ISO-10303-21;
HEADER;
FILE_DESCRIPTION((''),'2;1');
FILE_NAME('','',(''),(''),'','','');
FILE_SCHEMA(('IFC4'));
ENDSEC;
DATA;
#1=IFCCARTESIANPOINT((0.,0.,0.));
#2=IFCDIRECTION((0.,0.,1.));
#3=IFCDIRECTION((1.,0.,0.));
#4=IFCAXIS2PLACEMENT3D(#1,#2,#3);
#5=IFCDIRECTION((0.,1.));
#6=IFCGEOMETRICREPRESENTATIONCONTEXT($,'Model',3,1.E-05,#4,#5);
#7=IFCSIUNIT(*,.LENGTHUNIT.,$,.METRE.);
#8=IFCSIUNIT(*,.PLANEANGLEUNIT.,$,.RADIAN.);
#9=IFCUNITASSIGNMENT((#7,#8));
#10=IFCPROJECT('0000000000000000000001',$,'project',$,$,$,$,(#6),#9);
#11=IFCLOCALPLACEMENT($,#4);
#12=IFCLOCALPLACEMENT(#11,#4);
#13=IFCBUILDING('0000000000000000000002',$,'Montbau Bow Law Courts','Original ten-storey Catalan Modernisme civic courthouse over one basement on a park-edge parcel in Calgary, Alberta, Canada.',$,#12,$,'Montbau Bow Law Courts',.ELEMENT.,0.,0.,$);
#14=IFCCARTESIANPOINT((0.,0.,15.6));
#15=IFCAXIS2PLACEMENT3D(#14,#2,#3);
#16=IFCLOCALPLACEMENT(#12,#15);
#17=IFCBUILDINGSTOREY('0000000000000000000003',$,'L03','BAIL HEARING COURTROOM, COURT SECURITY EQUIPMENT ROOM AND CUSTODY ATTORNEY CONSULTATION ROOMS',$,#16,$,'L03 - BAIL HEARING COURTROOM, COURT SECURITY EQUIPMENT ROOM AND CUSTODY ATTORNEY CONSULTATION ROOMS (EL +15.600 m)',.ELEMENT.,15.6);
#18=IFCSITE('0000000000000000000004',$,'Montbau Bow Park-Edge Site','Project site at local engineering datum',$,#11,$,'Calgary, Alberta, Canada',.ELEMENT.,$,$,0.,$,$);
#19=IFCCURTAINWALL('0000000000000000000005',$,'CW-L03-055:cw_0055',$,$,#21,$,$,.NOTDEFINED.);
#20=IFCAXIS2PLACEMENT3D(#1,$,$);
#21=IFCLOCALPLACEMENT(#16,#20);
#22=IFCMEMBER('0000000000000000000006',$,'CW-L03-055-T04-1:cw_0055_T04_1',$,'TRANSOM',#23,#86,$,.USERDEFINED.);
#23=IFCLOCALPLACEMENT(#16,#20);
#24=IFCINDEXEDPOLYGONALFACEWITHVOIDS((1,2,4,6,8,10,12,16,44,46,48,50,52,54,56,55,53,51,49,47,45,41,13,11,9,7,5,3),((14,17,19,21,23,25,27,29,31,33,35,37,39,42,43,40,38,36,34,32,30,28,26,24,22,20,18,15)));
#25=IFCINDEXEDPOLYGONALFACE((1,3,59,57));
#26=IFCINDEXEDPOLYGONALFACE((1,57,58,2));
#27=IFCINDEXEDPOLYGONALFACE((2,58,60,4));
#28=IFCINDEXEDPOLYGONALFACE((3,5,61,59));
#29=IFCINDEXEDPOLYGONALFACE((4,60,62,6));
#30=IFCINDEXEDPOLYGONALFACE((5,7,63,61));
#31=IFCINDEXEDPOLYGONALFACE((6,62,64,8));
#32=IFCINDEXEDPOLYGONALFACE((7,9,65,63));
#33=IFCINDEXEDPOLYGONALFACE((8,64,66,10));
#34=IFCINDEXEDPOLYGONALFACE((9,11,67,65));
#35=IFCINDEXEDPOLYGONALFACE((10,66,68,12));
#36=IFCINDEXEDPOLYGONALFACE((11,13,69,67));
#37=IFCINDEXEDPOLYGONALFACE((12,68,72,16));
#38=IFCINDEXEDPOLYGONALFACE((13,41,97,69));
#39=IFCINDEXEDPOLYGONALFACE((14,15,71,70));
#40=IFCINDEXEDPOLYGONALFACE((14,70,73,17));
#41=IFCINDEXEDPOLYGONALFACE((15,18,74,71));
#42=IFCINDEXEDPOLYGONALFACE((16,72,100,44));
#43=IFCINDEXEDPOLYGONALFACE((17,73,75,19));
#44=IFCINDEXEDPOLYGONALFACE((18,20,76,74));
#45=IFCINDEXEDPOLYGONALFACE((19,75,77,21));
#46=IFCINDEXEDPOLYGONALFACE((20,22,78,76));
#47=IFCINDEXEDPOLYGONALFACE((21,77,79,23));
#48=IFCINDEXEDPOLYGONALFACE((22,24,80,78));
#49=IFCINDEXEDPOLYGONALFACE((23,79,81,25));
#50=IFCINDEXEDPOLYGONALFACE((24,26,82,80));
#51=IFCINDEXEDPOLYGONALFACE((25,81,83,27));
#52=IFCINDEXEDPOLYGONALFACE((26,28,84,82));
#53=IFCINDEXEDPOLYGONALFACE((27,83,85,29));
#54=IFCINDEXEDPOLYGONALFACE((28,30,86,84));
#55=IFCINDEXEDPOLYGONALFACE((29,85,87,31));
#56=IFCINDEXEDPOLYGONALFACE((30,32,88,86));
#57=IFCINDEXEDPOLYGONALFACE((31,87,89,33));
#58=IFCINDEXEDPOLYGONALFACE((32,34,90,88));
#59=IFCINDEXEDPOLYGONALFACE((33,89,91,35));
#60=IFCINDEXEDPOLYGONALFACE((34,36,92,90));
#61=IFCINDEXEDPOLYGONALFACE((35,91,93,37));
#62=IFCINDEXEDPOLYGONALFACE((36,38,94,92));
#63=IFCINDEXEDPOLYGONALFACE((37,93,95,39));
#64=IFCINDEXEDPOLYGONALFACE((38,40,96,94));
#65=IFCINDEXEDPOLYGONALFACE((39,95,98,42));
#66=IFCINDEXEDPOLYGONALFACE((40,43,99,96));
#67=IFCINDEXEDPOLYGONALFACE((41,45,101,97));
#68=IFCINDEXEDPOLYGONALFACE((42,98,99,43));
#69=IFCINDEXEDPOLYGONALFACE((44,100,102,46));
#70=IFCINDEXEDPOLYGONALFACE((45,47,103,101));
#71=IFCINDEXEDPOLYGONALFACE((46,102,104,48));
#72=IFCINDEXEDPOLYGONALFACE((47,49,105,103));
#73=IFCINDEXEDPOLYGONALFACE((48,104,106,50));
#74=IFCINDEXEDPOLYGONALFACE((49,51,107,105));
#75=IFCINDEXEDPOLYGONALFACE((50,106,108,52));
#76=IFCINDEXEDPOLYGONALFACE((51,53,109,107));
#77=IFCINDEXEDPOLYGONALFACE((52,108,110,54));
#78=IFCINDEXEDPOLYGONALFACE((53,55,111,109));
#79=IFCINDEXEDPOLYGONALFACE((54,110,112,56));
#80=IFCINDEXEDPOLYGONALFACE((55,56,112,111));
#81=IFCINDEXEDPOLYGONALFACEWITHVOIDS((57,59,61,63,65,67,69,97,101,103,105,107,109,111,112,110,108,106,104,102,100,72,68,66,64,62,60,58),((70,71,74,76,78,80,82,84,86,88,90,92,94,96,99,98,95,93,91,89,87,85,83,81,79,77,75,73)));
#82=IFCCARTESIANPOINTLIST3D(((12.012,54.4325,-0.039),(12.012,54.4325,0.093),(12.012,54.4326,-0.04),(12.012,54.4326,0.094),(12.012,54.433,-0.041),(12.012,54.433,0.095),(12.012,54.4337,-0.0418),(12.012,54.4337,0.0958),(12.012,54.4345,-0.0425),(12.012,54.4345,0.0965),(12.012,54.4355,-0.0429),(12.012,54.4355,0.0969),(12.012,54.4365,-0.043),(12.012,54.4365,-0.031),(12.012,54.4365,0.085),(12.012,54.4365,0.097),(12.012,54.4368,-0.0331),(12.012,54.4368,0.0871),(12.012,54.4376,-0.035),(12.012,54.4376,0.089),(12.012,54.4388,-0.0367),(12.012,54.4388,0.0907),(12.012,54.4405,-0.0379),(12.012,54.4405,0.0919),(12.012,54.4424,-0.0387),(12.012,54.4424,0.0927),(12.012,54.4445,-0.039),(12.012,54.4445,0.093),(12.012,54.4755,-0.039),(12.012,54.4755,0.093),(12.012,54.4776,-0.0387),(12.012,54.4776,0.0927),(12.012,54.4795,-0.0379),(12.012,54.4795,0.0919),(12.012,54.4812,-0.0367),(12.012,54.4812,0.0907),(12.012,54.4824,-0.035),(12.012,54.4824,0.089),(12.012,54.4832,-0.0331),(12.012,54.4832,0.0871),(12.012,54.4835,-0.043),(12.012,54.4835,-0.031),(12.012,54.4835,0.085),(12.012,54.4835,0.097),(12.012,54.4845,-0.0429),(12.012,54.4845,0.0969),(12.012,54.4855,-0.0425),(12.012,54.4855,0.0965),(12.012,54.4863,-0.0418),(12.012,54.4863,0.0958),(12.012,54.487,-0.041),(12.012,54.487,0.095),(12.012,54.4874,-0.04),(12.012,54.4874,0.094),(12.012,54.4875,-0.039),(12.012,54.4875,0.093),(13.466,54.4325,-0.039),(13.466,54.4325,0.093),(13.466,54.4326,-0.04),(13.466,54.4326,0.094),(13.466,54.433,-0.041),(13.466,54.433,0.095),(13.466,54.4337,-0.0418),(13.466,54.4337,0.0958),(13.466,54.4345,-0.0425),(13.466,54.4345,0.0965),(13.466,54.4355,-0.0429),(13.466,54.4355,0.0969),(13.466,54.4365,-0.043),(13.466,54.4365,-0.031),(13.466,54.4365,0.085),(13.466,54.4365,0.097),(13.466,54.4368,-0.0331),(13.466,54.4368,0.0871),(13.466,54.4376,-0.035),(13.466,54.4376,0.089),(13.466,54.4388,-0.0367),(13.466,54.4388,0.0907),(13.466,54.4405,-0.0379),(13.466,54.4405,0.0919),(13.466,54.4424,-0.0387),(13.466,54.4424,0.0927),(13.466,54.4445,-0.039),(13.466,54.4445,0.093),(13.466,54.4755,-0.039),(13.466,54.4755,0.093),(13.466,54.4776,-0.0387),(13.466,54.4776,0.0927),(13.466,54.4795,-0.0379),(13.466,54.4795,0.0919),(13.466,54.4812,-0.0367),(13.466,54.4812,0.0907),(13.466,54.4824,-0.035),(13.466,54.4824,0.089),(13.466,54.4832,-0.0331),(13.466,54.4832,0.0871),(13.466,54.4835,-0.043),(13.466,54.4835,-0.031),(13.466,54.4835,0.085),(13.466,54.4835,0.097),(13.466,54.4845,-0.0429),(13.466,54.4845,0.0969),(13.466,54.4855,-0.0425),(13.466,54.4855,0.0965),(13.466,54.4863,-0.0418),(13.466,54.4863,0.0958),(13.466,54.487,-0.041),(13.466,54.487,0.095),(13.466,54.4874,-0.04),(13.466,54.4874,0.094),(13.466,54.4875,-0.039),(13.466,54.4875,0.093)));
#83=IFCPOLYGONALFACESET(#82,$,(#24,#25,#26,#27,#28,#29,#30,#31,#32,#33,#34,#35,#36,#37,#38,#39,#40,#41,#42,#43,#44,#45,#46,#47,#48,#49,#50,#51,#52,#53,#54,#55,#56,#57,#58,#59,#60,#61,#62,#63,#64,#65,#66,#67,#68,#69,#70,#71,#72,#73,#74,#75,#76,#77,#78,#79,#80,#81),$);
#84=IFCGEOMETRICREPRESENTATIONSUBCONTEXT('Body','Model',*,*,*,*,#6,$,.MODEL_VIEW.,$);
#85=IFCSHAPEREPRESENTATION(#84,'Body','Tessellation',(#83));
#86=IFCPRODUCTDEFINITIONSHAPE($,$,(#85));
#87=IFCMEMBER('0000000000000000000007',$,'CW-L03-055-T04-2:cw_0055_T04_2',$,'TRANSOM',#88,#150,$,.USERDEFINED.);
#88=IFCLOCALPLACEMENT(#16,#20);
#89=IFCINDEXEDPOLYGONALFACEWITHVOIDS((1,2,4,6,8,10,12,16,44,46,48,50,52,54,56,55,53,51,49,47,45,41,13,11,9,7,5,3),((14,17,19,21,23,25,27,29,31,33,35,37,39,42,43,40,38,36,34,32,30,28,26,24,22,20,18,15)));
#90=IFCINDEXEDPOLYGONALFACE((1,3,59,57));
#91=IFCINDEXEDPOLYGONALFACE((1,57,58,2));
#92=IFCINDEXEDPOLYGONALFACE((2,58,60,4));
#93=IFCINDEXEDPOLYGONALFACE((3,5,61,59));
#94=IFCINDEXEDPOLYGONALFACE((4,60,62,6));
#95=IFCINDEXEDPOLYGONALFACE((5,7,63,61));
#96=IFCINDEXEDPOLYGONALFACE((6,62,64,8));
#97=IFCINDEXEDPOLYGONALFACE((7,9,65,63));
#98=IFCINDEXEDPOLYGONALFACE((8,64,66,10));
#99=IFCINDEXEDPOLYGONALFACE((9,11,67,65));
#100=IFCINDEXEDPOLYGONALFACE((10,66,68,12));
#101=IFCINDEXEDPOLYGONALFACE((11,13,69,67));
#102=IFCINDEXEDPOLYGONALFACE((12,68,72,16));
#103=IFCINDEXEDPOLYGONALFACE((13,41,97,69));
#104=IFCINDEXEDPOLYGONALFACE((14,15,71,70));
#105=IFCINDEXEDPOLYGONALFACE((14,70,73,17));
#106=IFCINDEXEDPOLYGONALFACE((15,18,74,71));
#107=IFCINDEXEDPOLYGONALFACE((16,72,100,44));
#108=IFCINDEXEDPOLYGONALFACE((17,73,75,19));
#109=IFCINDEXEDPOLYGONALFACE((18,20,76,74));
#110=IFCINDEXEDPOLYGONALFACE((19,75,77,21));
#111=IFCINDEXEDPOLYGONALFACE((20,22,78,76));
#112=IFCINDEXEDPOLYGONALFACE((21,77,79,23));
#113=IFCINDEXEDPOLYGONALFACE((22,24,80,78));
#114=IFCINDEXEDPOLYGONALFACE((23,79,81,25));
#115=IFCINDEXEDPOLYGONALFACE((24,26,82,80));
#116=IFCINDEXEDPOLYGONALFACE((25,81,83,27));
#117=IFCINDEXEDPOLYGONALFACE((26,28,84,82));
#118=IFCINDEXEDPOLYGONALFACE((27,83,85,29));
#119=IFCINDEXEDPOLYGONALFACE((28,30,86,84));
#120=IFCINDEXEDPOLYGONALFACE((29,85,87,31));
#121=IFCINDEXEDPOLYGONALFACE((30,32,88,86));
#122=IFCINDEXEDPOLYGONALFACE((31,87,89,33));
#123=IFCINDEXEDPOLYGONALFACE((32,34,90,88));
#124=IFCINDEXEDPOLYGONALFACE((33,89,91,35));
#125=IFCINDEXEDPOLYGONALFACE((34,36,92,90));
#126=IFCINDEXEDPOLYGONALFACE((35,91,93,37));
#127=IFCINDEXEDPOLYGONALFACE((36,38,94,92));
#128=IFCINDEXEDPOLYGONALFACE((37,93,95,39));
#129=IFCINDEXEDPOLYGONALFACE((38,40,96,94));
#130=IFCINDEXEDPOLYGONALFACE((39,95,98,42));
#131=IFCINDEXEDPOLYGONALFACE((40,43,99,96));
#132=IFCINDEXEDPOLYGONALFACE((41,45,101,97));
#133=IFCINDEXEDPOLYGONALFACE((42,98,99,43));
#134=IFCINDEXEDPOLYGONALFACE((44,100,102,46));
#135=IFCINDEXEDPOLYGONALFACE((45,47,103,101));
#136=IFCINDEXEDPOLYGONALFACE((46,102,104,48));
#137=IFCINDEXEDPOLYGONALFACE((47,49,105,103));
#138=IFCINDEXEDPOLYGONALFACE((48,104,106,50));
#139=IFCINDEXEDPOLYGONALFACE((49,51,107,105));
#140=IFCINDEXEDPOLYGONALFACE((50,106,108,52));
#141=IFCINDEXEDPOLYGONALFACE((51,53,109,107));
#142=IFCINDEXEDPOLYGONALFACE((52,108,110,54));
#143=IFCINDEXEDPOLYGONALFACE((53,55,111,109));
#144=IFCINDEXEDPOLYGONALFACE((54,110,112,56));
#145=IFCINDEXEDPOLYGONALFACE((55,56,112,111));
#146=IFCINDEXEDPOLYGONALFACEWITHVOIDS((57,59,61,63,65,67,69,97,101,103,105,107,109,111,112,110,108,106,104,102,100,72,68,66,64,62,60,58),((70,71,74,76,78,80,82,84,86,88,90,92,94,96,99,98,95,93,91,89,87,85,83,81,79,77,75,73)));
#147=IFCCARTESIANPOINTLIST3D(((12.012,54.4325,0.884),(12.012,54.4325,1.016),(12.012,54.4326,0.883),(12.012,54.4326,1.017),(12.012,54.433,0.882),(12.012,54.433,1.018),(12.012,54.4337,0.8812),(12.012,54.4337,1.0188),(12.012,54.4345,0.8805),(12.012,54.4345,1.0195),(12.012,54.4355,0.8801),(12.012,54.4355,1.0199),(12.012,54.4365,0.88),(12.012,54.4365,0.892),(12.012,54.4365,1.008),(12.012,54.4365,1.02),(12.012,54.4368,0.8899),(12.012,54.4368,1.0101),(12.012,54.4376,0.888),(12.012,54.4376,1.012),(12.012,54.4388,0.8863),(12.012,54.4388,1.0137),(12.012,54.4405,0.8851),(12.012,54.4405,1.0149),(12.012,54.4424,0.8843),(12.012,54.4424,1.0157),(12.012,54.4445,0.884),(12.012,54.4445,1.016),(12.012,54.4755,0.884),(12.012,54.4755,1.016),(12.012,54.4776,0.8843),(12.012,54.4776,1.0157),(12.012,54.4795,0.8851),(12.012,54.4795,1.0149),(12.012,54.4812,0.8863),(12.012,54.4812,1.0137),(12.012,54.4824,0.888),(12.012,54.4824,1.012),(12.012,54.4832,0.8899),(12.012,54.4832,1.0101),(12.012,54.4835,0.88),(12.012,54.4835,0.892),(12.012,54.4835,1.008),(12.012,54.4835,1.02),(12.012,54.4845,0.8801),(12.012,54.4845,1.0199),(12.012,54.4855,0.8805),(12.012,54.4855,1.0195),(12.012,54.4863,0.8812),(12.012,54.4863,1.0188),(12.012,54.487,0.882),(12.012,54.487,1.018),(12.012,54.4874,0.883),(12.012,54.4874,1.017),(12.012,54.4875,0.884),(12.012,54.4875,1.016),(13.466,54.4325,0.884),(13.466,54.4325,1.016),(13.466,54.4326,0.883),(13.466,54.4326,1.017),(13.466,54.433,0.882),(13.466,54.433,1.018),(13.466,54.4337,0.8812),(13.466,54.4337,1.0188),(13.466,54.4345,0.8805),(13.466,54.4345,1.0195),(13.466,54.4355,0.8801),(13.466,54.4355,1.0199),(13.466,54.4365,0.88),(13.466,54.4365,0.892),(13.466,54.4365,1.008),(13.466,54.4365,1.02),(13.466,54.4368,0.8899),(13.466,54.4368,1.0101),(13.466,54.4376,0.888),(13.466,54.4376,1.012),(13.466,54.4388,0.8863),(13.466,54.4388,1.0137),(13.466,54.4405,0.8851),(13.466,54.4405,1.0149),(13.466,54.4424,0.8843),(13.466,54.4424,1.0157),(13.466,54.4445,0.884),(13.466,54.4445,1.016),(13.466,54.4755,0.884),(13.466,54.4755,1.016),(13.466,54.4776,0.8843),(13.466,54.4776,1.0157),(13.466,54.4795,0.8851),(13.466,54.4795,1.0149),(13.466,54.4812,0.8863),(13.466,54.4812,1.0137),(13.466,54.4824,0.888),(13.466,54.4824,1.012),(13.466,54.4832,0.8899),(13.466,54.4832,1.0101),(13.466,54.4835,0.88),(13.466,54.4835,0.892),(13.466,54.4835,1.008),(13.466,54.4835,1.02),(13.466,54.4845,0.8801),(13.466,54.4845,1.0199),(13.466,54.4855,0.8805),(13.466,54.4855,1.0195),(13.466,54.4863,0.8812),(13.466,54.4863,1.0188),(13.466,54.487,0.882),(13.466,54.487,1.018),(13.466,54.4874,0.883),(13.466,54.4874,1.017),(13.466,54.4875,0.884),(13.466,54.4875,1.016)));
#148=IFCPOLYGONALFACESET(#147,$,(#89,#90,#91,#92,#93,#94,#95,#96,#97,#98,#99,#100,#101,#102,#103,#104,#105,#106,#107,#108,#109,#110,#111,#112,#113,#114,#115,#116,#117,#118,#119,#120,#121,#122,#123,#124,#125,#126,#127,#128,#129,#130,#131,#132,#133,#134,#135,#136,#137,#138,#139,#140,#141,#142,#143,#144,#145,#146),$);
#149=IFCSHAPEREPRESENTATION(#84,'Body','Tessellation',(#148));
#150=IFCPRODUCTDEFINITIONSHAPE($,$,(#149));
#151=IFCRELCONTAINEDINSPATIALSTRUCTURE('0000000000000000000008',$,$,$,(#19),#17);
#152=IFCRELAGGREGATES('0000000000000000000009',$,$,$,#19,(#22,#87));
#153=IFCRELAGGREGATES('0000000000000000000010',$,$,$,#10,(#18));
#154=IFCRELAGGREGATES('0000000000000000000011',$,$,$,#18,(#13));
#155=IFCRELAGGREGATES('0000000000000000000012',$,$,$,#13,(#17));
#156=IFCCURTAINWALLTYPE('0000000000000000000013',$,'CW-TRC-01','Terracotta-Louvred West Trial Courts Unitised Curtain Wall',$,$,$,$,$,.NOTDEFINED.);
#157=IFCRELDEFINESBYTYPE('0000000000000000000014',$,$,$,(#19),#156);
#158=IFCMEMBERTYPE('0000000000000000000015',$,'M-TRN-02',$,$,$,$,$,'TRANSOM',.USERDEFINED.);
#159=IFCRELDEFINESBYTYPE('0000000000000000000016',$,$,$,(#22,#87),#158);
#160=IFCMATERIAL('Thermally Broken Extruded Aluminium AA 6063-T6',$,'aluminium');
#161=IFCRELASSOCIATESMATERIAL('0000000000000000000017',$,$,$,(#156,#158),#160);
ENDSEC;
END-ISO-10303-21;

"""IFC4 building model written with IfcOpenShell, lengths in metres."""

from ifc_helpers import new_model, si_unit, direction, frame, origin_with_axes, origin_2d_with_axis, place, context, subcontext, project, spatial, hollow_rectangle, extrude, material, material_profile, profile_set, type_object, element, aggregate, save


model = new_model("IFC4")

# Units and contexts
model_context = context("Model", 3, precision=1e-05, world=origin_with_axes(), true_north=direction((0.0, 1.0)))
body_context = subcontext(model_context, "Body", "Model", "MODEL_VIEW")
ifc_project = project(units=[si_unit("LENGTHUNIT", "METRE"), si_unit("PLANEANGLEUNIT", "RADIAN")], contexts=[model_context])

# Site, building, storey
site_placement = place(None, origin_with_axes())
site = spatial("IfcSite", under=ifc_project, at=site_placement, Name="Montbau Bow Park-Edge Site", Description="Project site at local engineering datum", LongName="Calgary, Alberta, Canada", CompositionType="ELEMENT", RefElevation=0.0)
building_placement = place(site_placement, origin_with_axes())
building = spatial("IfcBuilding", under=site, at=building_placement, Name="Montbau Bow Law Courts", Description="Original ten-storey Catalan Modernisme civic courthouse over one basement on a park-edge parcel in Calgary, Alberta, Canada.", LongName="Montbau Bow Law Courts", CompositionType="ELEMENT", ElevationOfRefHeight=0.0, ElevationOfTerrain=0.0)
storey_placement = place(building_placement, frame((0.0, 0.0, 15.6), z_axis=(0.0, 0.0, 1.0), x_axis=(1.0, 0.0, 0.0)))
storey = spatial("IfcBuildingStorey", under=building, at=storey_placement, Name="L03", Description="BAIL HEARING COURTROOM, COURT SECURITY EQUIPMENT ROOM AND CUSTODY ATTORNEY CONSULTATION ROOMS", LongName="L03 - BAIL HEARING COURTROOM, COURT SECURITY EQUIPMENT ROOM AND CUSTODY ATTORNEY CONSULTATION ROOMS (EL +15.600 m)", CompositionType="ELEMENT", Elevation=15.6)

# Curtain wall
ifc_material_1 = material(Name="Thermally Broken Extruded Aluminium AA 6063-T6", Category="aluminium")
curtain_wall_type = type_object("IfcCurtainWallType", Name="CW-TRC-01", Description="Terracotta-Louvred West Trial Courts Unitised Curtain Wall", PredefinedType="NOTDEFINED", material=ifc_material_1)
curtain_wall_1_placement = place(None, frame((7.315, 54.46, 15.6), z_axis=(0.0, 0.0, 1.0), x_axis=(1.0, 0.0, 0.0)))
curtain_wall_1 = element("IfcCurtainWall", 1, at=curtain_wall_1_placement, inside=storey, type_object=curtain_wall_type, Name="CW-L03-055:cw_0055", PredefinedType="NOTDEFINED")

# Members
ifc_material_profile_1 = material_profile(ifc_material_1, hollow_rectangle(XDim=0.055, YDim=0.14, WallThickness=0.004, InnerFilletRadius=0.008, OuterFilletRadius=0.004, at=origin_2d_with_axis()), Name="CWT-140X55", Category="Main", Priority=0)
ifc_profile_set_1 = profile_set([ifc_material_profile_1], Name="Thermally Broken Extruded Aluminium AA 6063-T6")
member_type_1 = type_object("IfcMemberType", Name="M-TRN-02", ElementType="TRANSOM", PredefinedType="USERDEFINED", material=ifc_profile_set_1)
member_1_placement = place(None, frame((12.012, 54.46, 15.627), z_axis=(1.0, 0.0, 0.0), x_axis=(0.0, 1.0, 0.0)))
member_1 = element("IfcMember", 2, at=member_1_placement, type_object=member_type_1, Name="CW-L03-055-T04-1:cw_0055_T04_1", ObjectType="TRANSOM", PredefinedType="USERDEFINED", context=body_context, shape_type="SweptSolid", body=[
    extrude(hollow_rectangle(XDim=0.055, YDim=0.14, WallThickness=0.004, InnerFilletRadius=0.008, OuterFilletRadius=0.004, at=origin_2d_with_axis()), origin_with_axes(), (0.0, 0.0, 1.0), 1.454),
])
member_2_placement = place(None, frame((12.012, 54.46, 16.55), z_axis=(1.0, 0.0, 0.0), x_axis=(0.0, 1.0, 0.0)))
member_2 = element("IfcMember", 3, at=member_2_placement, type_object=member_type_1, Name="CW-L03-055-T04-2:cw_0055_T04_2", ObjectType="TRANSOM", PredefinedType="USERDEFINED", context=body_context, shape_type="SweptSolid", body=[
    extrude(hollow_rectangle(XDim=0.055, YDim=0.14, WallThickness=0.004, InnerFilletRadius=0.008, OuterFilletRadius=0.004, at=origin_2d_with_axis()), origin_with_axes(), (0.0, 0.0, 1.0), 1.454),
])

aggregate(curtain_wall_1, [member_1, member_2])

save(model, "model.ifc")
